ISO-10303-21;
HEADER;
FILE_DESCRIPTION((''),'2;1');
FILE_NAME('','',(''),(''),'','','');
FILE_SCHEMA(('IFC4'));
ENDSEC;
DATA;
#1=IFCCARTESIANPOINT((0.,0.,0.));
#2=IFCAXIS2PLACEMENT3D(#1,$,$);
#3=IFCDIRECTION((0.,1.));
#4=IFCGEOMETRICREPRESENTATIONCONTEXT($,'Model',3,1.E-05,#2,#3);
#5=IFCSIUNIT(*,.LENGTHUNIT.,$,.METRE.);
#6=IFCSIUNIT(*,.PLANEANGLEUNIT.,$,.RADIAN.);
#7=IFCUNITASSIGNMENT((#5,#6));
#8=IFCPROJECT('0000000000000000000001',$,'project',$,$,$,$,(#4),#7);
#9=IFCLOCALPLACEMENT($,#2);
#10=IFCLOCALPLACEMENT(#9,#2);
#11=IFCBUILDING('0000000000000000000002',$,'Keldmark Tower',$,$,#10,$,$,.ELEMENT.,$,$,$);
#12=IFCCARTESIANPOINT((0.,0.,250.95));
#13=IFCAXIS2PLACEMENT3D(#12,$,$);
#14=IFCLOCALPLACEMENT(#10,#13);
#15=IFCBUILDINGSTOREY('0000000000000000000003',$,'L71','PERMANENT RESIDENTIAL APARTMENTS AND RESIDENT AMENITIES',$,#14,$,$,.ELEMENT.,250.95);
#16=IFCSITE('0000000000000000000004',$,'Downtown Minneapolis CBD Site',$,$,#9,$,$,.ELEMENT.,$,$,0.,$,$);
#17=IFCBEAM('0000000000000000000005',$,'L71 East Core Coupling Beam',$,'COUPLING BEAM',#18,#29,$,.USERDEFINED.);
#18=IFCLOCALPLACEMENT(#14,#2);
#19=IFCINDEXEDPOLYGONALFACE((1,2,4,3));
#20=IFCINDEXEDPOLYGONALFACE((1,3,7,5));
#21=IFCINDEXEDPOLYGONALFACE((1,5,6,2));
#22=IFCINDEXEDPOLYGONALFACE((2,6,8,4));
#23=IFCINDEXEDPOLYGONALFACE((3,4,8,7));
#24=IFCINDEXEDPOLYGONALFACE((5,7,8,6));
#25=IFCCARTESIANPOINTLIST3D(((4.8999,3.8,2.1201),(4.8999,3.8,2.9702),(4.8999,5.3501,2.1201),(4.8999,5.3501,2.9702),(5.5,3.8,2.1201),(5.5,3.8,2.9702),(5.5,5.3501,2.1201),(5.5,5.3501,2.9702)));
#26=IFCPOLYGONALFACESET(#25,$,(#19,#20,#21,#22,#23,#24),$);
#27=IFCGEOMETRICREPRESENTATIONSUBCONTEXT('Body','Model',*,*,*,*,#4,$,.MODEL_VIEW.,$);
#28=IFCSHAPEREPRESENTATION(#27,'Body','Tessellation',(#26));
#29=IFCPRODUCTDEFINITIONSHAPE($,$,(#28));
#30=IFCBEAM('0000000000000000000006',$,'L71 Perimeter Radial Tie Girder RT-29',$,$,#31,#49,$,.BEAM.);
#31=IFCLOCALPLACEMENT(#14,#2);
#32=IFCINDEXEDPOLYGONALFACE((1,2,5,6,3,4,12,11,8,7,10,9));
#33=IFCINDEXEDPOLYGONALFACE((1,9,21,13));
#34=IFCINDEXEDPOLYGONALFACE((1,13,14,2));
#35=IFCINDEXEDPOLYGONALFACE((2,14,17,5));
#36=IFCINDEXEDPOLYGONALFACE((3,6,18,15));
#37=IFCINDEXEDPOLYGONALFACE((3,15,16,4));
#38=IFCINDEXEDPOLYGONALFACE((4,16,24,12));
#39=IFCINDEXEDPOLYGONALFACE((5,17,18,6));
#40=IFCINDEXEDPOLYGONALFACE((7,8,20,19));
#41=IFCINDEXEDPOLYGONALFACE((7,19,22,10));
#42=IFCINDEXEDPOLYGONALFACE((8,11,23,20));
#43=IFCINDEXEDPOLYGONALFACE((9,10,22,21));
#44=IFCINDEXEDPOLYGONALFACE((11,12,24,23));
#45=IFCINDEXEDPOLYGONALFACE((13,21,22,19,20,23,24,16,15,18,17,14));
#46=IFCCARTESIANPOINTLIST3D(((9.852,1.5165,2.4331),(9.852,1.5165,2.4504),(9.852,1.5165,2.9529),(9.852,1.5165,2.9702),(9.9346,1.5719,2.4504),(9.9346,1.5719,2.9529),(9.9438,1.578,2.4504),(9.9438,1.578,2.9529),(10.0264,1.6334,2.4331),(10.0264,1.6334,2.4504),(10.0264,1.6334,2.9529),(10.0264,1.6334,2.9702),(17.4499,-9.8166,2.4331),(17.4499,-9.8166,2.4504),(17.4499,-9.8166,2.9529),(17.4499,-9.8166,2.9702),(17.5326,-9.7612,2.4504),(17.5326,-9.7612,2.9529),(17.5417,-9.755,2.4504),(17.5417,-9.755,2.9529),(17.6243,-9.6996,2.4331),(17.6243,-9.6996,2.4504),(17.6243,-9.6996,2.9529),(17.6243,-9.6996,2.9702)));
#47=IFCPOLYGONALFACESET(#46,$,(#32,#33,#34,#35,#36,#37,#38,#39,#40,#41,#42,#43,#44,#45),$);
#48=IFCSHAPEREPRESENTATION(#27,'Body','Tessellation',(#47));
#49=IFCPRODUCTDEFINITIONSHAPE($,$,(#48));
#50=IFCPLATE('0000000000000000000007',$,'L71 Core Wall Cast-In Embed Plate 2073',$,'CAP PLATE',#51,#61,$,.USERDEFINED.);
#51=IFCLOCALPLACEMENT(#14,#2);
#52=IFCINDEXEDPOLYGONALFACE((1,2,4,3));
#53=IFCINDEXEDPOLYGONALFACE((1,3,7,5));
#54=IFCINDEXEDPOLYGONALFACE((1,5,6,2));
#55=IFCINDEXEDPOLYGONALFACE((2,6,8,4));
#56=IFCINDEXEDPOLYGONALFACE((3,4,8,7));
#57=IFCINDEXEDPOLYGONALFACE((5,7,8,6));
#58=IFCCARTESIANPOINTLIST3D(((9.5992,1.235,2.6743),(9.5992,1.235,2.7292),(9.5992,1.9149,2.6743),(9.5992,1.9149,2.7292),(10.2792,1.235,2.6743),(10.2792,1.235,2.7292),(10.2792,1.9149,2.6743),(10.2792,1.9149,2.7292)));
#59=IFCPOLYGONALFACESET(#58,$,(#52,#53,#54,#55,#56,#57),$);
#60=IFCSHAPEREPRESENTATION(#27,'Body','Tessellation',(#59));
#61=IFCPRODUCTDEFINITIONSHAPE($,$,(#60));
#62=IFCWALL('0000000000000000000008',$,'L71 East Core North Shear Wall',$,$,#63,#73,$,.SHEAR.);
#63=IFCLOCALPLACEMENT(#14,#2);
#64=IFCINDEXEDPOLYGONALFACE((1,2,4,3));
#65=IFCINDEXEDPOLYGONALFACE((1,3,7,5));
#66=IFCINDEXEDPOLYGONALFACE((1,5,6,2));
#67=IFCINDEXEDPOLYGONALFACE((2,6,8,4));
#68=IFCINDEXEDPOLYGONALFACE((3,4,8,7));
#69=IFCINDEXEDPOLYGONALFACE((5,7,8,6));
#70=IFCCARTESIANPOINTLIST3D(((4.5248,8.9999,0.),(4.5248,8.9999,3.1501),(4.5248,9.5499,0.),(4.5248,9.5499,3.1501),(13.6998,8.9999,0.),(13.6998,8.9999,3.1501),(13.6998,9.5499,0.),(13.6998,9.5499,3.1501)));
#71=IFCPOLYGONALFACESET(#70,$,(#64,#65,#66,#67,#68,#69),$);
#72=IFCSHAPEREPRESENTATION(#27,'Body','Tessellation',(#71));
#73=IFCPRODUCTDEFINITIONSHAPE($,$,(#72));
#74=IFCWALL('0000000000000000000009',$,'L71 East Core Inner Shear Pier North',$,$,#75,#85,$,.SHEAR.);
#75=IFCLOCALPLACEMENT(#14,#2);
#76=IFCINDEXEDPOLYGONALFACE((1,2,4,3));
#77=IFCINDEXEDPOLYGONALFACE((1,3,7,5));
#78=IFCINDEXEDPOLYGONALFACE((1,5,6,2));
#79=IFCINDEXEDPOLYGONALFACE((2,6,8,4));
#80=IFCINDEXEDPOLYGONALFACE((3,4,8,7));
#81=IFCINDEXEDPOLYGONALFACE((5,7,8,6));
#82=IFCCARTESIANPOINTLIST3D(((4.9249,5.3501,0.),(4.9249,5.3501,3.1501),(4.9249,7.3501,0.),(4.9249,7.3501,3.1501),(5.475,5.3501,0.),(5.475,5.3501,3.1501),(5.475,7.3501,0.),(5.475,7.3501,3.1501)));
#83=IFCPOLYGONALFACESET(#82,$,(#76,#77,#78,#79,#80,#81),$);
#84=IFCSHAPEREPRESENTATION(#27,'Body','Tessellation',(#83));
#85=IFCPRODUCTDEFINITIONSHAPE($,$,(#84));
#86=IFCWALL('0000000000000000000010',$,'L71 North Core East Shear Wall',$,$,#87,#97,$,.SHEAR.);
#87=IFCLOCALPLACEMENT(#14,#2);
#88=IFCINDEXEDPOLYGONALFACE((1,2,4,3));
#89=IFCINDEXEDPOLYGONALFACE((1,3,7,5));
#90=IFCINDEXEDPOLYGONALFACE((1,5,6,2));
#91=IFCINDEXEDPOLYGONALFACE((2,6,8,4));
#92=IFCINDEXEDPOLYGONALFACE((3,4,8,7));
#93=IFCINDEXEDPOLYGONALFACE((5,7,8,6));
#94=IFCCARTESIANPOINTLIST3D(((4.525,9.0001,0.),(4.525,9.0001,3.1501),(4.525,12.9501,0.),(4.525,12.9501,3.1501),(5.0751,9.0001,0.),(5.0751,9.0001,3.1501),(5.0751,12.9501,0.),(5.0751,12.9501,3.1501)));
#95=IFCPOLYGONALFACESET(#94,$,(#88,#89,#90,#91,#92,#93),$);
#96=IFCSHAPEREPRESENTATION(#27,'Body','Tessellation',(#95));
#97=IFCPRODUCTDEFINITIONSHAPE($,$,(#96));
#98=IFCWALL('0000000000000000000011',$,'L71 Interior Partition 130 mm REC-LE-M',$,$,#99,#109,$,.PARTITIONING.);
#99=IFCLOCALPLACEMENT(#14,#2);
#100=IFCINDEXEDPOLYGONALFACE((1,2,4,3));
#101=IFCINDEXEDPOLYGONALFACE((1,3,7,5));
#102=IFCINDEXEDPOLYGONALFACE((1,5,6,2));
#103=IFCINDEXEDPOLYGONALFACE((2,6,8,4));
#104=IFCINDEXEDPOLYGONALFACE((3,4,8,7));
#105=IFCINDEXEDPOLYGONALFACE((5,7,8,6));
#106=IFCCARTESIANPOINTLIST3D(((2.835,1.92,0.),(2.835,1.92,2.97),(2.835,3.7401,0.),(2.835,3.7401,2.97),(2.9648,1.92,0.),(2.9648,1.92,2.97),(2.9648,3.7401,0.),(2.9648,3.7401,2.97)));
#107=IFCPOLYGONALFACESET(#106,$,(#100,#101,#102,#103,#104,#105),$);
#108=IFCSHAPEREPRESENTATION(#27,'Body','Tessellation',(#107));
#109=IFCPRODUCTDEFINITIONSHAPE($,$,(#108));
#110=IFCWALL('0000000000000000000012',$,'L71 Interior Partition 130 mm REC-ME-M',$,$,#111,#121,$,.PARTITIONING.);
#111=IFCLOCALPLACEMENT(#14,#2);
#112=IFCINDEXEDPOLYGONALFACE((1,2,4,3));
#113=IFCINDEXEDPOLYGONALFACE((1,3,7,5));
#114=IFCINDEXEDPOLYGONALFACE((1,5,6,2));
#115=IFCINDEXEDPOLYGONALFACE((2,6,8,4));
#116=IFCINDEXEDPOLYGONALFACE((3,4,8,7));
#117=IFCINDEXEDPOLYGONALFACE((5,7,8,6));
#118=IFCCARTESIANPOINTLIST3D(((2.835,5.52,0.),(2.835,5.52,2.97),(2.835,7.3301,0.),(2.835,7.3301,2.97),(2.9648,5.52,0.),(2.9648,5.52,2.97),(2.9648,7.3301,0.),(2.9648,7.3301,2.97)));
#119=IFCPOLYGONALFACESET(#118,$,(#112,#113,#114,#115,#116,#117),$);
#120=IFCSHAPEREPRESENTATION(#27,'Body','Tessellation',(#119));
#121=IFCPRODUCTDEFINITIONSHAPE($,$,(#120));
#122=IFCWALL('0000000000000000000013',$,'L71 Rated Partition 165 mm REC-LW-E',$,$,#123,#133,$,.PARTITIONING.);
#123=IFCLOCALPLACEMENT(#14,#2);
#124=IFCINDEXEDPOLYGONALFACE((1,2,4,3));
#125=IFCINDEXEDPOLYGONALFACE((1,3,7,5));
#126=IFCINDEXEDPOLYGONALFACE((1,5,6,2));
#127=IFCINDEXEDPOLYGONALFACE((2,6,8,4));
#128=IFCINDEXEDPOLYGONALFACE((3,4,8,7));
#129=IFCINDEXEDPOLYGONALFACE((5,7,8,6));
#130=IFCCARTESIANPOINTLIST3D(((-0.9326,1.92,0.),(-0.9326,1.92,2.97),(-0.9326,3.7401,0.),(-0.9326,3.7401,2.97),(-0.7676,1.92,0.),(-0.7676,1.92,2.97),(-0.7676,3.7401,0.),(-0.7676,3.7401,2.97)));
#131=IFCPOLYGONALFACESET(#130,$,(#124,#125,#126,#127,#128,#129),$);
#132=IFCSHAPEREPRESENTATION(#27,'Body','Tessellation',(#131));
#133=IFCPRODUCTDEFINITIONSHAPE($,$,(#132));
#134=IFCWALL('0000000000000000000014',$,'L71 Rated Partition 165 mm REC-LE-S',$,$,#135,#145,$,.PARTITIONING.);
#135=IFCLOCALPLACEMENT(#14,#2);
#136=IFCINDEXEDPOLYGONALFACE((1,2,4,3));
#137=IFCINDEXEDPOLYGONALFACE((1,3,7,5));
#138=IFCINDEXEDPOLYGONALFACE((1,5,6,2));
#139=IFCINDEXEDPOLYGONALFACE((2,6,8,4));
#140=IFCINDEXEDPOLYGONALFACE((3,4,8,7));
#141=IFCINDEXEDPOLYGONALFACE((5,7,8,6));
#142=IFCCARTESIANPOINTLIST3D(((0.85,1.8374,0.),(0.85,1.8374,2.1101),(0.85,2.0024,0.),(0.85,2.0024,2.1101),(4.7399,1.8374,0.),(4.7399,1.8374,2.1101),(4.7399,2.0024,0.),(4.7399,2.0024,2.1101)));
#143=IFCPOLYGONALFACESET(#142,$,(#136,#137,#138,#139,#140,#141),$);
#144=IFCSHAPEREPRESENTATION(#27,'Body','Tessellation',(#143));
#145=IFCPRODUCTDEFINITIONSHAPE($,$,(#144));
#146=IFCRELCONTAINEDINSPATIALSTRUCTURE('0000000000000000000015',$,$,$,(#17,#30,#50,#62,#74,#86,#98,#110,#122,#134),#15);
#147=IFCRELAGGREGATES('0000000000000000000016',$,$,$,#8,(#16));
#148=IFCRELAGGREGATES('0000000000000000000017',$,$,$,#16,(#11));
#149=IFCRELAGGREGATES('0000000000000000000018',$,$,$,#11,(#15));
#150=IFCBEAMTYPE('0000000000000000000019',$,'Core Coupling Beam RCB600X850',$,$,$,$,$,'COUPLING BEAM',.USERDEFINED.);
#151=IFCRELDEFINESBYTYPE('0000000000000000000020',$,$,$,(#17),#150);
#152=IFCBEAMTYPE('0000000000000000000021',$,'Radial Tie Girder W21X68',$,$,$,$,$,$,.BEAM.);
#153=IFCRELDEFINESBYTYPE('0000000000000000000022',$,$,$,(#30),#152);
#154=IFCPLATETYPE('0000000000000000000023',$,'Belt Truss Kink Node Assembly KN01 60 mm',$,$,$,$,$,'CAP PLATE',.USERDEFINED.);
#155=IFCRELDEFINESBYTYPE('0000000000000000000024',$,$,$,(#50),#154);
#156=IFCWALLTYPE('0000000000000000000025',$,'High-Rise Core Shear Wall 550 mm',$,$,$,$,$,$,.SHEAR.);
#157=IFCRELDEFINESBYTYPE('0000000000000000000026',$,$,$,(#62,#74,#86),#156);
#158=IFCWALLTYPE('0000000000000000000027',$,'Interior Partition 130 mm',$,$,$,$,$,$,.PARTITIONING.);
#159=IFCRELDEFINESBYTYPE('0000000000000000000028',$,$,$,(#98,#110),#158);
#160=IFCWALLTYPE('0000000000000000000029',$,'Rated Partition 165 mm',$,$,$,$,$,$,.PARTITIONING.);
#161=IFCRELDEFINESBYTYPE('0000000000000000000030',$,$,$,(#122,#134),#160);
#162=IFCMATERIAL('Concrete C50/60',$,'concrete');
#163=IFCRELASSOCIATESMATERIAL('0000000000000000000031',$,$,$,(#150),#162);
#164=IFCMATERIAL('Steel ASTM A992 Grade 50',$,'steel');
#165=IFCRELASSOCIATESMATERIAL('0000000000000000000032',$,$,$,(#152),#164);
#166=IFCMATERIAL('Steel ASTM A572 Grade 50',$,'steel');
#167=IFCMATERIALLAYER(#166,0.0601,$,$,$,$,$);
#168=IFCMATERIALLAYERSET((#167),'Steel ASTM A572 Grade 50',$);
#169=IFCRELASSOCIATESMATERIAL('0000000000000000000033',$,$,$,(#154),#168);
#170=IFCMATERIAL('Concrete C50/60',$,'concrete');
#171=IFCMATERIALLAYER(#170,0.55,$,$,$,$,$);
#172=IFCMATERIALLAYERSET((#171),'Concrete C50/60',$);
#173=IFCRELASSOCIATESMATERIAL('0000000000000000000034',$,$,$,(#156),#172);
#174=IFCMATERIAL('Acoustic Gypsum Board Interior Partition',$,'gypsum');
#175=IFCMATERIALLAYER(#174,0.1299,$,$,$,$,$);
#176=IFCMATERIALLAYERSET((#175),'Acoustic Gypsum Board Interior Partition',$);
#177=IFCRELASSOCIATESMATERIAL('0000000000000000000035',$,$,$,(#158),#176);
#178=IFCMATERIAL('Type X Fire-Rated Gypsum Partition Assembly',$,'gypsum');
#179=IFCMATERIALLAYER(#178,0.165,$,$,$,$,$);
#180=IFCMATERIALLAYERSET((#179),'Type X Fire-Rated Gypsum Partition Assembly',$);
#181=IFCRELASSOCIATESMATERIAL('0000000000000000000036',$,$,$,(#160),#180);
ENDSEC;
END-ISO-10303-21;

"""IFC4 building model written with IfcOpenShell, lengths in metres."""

from ifc_helpers import new_model, si_unit, direction, frame, frame_2d, origin, origin_2d, place, context, subcontext, project, spatial, rectangle, i_section, extrude, material, layer, layer_set, material_profile, profile_set, type_object, element, save


model = new_model("IFC4")

# Units and contexts
model_context = context("Model", 3, precision=1e-05, world=origin(), true_north=direction((0.0, 1.0)))
body_context = subcontext(model_context, "Body", "Model", "MODEL_VIEW")
ifc_project = project(units=[si_unit("LENGTHUNIT", "METRE"), si_unit("PLANEANGLEUNIT", "RADIAN")], contexts=[model_context])

# Site, building, storey
site_placement = place(None, origin())
site = spatial("IfcSite", under=ifc_project, at=site_placement, Name="Downtown Minneapolis CBD Site", CompositionType="ELEMENT", RefElevation=0.0)
building_placement = place(site_placement, origin())
building = spatial("IfcBuilding", under=site, at=building_placement, Name="Keldmark Tower", CompositionType="ELEMENT")
storey_placement = place(building_placement, frame((0.0, 0.0, 250.95)))
storey = spatial("IfcBuildingStorey", under=building, at=storey_placement, Name="L71", Description="PERMANENT RESIDENTIAL APARTMENTS AND RESIDENT AMENITIES", CompositionType="ELEMENT", Elevation=250.95)

# Beams
ifc_material_1 = material(Name="Concrete C50/60", Category="concrete")
ifc_material_profile_1 = material_profile(ifc_material_1, rectangle(XDim=0.6001, YDim=0.8501, at=origin_2d()), Name="RCB600X850")
ifc_profile_set_1 = profile_set([ifc_material_profile_1], Name="Concrete C50/60")
beam_type_1 = type_object("IfcBeamType", Name="Core Coupling Beam RCB600X850", ElementType="COUPLING BEAM", PredefinedType="USERDEFINED", material=ifc_profile_set_1)
beam_1_placement = place(storey_placement, frame((5.2, 3.8, 2.5452), z_axis=(0.0, 1.0, 0.0), x_axis=(-1.0, 0.0, 0.0)))
element("IfcBeam", 1, at=beam_1_placement, inside=storey, type_object=beam_type_1, Name="L71 East Core Coupling Beam", ObjectType="COUPLING BEAM", PredefinedType="USERDEFINED", context=body_context, shape_type="SweptSolid", body=[
    extrude(rectangle(XDim=0.6001, YDim=0.8501, at=origin_2d()), origin(), (0.0, 0.0, 1.0), 1.55),
])
ifc_material_2 = material(Name="Steel ASTM A992 Grade 50", Category="steel")
ifc_material_profile_2 = material_profile(ifc_material_2, i_section(OverallWidth=0.21, OverallDepth=0.5371, WebThickness=0.011, FlangeThickness=0.0173, at=origin_2d()), Name="W21X68")
ifc_profile_set_2 = profile_set([ifc_material_profile_2], Name="Steel ASTM A992 Grade 50")
beam_type_2 = type_object("IfcBeamType", Name="Radial Tie Girder W21X68", PredefinedType="BEAM", material=ifc_profile_set_2)
beam_2_placement = place(storey_placement, frame((9.9392, 1.575, 2.7017), z_axis=(0.556858, -0.830608, 0.0), x_axis=(0.830608, 0.556858, 0.0)))
element("IfcBeam", 2, at=beam_2_placement, inside=storey, type_object=beam_type_2, Name="L71 Perimeter Radial Tie Girder RT-29", PredefinedType="BEAM", context=body_context, shape_type="SweptSolid", body=[
    extrude(i_section(OverallWidth=0.21, OverallDepth=0.5371, WebThickness=0.011, FlangeThickness=0.0173, at=origin_2d()), origin(), (0.0, 0.0, 1.0), 13.6443),
])

# Plate
ifc_material_3 = material(Name="Steel ASTM A572 Grade 50", Category="steel")
ifc_layer_1 = layer(ifc_material_3, 0.0601)
ifc_layer_set_1 = layer_set([ifc_layer_1], Name="Steel ASTM A572 Grade 50")
plate_type = type_object("IfcPlateType", Name="Belt Truss Kink Node Assembly KN01 60 mm", ElementType="CAP PLATE", PredefinedType="USERDEFINED", material=ifc_layer_set_1)
plate_placement = place(storey_placement, frame((9.9392, 1.575, 2.6743), z_axis=(0.0, 0.0, 1.0), x_axis=(1.0, 0.0, 0.0)))
element("IfcPlate", 3, at=plate_placement, inside=storey, type_object=plate_type, Name="L71 Core Wall Cast-In Embed Plate 2073", ObjectType="CAP PLATE", PredefinedType="USERDEFINED", context=body_context, shape_type="SweptSolid", body=[
    extrude(rectangle(XDim=0.6799, YDim=0.6799, at=origin_2d()), origin(), (0.0, 0.0, 1.0), 0.0549),
])

# Walls
ifc_material_4 = material(Name="Concrete C50/60", Category="concrete")
ifc_layer_2 = layer(ifc_material_4, 0.55)
ifc_layer_set_2 = layer_set([ifc_layer_2], Name="Concrete C50/60")
wall_type_1 = type_object("IfcWallType", Name="High-Rise Core Shear Wall 550 mm", PredefinedType="SHEAR", material=ifc_layer_set_2)
wall_1_placement = place(storey_placement, frame((4.5249, 9.2749, 0.0), z_axis=(0.0, 0.0, 1.0), x_axis=(1.0, 0.0, 0.0)))
element("IfcWall", 4, at=wall_1_placement, inside=storey, type_object=wall_type_1, Name="L71 East Core North Shear Wall", PredefinedType="SHEAR", context=body_context, shape_type="SweptSolid", body=[
    extrude(rectangle(XDim=9.175, YDim=0.55, at=frame_2d((4.5874, 0.0))), origin(), (0.0, 0.0, 1.0), 3.1501),
])
wall_2_placement = place(storey_placement, frame((5.2, 5.3501, 0.0), z_axis=(0.0, 0.0, 1.0), x_axis=(0.0, 1.0, 0.0)))
element("IfcWall", 5, at=wall_2_placement, inside=storey, type_object=wall_type_1, Name="L71 East Core Inner Shear Pier North", PredefinedType="SHEAR", context=body_context, shape_type="SweptSolid", body=[
    extrude(rectangle(XDim=2.0, YDim=0.55, at=frame_2d((1.0, 0.0))), origin(), (0.0, 0.0, 1.0), 3.1501),
])
wall_3_placement = place(storey_placement, frame((4.8, 9.0, 0.0), z_axis=(0.0, 0.0, 1.0), x_axis=(0.0, 1.0, 0.0)))
element("IfcWall", 6, at=wall_3_placement, inside=storey, type_object=wall_type_1, Name="L71 North Core East Shear Wall", PredefinedType="SHEAR", context=body_context, shape_type="SweptSolid", body=[
    extrude(rectangle(XDim=3.95, YDim=0.55, at=frame_2d((1.9751, 0.0))), origin(), (0.0, 0.0, 1.0), 3.1501),
])
ifc_material_5 = material(Name="Acoustic Gypsum Board Interior Partition", Category="gypsum")
ifc_layer_3 = layer(ifc_material_5, 0.1299)
ifc_layer_set_3 = layer_set([ifc_layer_3], Name="Acoustic Gypsum Board Interior Partition")
wall_type_2 = type_object("IfcWallType", Name="Interior Partition 130 mm", PredefinedType="PARTITIONING", material=ifc_layer_set_3)
wall_4_placement = place(storey_placement, frame((2.8999, 1.9199, 0.0), z_axis=(0.0, 0.0, 1.0), x_axis=(0.0, 1.0, 0.0)))
element("IfcWall", 7, at=wall_4_placement, inside=storey, type_object=wall_type_2, Name="L71 Interior Partition 130 mm REC-LE-M", PredefinedType="PARTITIONING", context=body_context, shape_type="SweptSolid", body=[
    extrude(rectangle(XDim=1.8201, YDim=0.1299, at=frame_2d((0.9102, 0.0))), origin(), (0.0, 0.0, 1.0), 2.97),
])
wall_5_placement = place(storey_placement, frame((2.8999, 5.52, 0.0), z_axis=(0.0, 0.0, 1.0), x_axis=(0.0, 1.0, 0.0)))
element("IfcWall", 8, at=wall_5_placement, inside=storey, type_object=wall_type_2, Name="L71 Interior Partition 130 mm REC-ME-M", PredefinedType="PARTITIONING", context=body_context, shape_type="SweptSolid", body=[
    extrude(rectangle(XDim=1.8101, YDim=0.1299, at=frame_2d((0.905, 0.0))), origin(), (0.0, 0.0, 1.0), 2.97),
])
ifc_material_6 = material(Name="Type X Fire-Rated Gypsum Partition Assembly", Category="gypsum")
ifc_layer_4 = layer(ifc_material_6, 0.165)
ifc_layer_set_4 = layer_set([ifc_layer_4], Name="Type X Fire-Rated Gypsum Partition Assembly")
wall_type_3 = type_object("IfcWallType", Name="Rated Partition 165 mm", PredefinedType="PARTITIONING", material=ifc_layer_set_4)
wall_6_placement = place(storey_placement, frame((-0.8501, 1.9199, 0.0), z_axis=(0.0, 0.0, 1.0), x_axis=(0.0, 1.0, 0.0)))
element("IfcWall", 9, at=wall_6_placement, inside=storey, type_object=wall_type_3, Name="L71 Rated Partition 165 mm REC-LW-E", PredefinedType="PARTITIONING", context=body_context, shape_type="SweptSolid", body=[
    extrude(rectangle(XDim=1.8201, YDim=0.165, at=frame_2d((0.9102, 0.0))), origin(), (0.0, 0.0, 1.0), 2.97),
])
wall_7_placement = place(storey_placement, frame((0.8501, 1.9199, 0.0), z_axis=(0.0, 0.0, 1.0), x_axis=(1.0, 0.0, 0.0)))
element("IfcWall", 10, at=wall_7_placement, inside=storey, type_object=wall_type_3, Name="L71 Rated Partition 165 mm REC-LE-S", PredefinedType="PARTITIONING", context=body_context, shape_type="SweptSolid", body=[
    extrude(rectangle(XDim=3.8899, YDim=0.165, at=frame_2d((1.9448, 0.0))), origin(), (0.0, 0.0, 1.0), 2.1101),
])

save(model, "model.ifc")
